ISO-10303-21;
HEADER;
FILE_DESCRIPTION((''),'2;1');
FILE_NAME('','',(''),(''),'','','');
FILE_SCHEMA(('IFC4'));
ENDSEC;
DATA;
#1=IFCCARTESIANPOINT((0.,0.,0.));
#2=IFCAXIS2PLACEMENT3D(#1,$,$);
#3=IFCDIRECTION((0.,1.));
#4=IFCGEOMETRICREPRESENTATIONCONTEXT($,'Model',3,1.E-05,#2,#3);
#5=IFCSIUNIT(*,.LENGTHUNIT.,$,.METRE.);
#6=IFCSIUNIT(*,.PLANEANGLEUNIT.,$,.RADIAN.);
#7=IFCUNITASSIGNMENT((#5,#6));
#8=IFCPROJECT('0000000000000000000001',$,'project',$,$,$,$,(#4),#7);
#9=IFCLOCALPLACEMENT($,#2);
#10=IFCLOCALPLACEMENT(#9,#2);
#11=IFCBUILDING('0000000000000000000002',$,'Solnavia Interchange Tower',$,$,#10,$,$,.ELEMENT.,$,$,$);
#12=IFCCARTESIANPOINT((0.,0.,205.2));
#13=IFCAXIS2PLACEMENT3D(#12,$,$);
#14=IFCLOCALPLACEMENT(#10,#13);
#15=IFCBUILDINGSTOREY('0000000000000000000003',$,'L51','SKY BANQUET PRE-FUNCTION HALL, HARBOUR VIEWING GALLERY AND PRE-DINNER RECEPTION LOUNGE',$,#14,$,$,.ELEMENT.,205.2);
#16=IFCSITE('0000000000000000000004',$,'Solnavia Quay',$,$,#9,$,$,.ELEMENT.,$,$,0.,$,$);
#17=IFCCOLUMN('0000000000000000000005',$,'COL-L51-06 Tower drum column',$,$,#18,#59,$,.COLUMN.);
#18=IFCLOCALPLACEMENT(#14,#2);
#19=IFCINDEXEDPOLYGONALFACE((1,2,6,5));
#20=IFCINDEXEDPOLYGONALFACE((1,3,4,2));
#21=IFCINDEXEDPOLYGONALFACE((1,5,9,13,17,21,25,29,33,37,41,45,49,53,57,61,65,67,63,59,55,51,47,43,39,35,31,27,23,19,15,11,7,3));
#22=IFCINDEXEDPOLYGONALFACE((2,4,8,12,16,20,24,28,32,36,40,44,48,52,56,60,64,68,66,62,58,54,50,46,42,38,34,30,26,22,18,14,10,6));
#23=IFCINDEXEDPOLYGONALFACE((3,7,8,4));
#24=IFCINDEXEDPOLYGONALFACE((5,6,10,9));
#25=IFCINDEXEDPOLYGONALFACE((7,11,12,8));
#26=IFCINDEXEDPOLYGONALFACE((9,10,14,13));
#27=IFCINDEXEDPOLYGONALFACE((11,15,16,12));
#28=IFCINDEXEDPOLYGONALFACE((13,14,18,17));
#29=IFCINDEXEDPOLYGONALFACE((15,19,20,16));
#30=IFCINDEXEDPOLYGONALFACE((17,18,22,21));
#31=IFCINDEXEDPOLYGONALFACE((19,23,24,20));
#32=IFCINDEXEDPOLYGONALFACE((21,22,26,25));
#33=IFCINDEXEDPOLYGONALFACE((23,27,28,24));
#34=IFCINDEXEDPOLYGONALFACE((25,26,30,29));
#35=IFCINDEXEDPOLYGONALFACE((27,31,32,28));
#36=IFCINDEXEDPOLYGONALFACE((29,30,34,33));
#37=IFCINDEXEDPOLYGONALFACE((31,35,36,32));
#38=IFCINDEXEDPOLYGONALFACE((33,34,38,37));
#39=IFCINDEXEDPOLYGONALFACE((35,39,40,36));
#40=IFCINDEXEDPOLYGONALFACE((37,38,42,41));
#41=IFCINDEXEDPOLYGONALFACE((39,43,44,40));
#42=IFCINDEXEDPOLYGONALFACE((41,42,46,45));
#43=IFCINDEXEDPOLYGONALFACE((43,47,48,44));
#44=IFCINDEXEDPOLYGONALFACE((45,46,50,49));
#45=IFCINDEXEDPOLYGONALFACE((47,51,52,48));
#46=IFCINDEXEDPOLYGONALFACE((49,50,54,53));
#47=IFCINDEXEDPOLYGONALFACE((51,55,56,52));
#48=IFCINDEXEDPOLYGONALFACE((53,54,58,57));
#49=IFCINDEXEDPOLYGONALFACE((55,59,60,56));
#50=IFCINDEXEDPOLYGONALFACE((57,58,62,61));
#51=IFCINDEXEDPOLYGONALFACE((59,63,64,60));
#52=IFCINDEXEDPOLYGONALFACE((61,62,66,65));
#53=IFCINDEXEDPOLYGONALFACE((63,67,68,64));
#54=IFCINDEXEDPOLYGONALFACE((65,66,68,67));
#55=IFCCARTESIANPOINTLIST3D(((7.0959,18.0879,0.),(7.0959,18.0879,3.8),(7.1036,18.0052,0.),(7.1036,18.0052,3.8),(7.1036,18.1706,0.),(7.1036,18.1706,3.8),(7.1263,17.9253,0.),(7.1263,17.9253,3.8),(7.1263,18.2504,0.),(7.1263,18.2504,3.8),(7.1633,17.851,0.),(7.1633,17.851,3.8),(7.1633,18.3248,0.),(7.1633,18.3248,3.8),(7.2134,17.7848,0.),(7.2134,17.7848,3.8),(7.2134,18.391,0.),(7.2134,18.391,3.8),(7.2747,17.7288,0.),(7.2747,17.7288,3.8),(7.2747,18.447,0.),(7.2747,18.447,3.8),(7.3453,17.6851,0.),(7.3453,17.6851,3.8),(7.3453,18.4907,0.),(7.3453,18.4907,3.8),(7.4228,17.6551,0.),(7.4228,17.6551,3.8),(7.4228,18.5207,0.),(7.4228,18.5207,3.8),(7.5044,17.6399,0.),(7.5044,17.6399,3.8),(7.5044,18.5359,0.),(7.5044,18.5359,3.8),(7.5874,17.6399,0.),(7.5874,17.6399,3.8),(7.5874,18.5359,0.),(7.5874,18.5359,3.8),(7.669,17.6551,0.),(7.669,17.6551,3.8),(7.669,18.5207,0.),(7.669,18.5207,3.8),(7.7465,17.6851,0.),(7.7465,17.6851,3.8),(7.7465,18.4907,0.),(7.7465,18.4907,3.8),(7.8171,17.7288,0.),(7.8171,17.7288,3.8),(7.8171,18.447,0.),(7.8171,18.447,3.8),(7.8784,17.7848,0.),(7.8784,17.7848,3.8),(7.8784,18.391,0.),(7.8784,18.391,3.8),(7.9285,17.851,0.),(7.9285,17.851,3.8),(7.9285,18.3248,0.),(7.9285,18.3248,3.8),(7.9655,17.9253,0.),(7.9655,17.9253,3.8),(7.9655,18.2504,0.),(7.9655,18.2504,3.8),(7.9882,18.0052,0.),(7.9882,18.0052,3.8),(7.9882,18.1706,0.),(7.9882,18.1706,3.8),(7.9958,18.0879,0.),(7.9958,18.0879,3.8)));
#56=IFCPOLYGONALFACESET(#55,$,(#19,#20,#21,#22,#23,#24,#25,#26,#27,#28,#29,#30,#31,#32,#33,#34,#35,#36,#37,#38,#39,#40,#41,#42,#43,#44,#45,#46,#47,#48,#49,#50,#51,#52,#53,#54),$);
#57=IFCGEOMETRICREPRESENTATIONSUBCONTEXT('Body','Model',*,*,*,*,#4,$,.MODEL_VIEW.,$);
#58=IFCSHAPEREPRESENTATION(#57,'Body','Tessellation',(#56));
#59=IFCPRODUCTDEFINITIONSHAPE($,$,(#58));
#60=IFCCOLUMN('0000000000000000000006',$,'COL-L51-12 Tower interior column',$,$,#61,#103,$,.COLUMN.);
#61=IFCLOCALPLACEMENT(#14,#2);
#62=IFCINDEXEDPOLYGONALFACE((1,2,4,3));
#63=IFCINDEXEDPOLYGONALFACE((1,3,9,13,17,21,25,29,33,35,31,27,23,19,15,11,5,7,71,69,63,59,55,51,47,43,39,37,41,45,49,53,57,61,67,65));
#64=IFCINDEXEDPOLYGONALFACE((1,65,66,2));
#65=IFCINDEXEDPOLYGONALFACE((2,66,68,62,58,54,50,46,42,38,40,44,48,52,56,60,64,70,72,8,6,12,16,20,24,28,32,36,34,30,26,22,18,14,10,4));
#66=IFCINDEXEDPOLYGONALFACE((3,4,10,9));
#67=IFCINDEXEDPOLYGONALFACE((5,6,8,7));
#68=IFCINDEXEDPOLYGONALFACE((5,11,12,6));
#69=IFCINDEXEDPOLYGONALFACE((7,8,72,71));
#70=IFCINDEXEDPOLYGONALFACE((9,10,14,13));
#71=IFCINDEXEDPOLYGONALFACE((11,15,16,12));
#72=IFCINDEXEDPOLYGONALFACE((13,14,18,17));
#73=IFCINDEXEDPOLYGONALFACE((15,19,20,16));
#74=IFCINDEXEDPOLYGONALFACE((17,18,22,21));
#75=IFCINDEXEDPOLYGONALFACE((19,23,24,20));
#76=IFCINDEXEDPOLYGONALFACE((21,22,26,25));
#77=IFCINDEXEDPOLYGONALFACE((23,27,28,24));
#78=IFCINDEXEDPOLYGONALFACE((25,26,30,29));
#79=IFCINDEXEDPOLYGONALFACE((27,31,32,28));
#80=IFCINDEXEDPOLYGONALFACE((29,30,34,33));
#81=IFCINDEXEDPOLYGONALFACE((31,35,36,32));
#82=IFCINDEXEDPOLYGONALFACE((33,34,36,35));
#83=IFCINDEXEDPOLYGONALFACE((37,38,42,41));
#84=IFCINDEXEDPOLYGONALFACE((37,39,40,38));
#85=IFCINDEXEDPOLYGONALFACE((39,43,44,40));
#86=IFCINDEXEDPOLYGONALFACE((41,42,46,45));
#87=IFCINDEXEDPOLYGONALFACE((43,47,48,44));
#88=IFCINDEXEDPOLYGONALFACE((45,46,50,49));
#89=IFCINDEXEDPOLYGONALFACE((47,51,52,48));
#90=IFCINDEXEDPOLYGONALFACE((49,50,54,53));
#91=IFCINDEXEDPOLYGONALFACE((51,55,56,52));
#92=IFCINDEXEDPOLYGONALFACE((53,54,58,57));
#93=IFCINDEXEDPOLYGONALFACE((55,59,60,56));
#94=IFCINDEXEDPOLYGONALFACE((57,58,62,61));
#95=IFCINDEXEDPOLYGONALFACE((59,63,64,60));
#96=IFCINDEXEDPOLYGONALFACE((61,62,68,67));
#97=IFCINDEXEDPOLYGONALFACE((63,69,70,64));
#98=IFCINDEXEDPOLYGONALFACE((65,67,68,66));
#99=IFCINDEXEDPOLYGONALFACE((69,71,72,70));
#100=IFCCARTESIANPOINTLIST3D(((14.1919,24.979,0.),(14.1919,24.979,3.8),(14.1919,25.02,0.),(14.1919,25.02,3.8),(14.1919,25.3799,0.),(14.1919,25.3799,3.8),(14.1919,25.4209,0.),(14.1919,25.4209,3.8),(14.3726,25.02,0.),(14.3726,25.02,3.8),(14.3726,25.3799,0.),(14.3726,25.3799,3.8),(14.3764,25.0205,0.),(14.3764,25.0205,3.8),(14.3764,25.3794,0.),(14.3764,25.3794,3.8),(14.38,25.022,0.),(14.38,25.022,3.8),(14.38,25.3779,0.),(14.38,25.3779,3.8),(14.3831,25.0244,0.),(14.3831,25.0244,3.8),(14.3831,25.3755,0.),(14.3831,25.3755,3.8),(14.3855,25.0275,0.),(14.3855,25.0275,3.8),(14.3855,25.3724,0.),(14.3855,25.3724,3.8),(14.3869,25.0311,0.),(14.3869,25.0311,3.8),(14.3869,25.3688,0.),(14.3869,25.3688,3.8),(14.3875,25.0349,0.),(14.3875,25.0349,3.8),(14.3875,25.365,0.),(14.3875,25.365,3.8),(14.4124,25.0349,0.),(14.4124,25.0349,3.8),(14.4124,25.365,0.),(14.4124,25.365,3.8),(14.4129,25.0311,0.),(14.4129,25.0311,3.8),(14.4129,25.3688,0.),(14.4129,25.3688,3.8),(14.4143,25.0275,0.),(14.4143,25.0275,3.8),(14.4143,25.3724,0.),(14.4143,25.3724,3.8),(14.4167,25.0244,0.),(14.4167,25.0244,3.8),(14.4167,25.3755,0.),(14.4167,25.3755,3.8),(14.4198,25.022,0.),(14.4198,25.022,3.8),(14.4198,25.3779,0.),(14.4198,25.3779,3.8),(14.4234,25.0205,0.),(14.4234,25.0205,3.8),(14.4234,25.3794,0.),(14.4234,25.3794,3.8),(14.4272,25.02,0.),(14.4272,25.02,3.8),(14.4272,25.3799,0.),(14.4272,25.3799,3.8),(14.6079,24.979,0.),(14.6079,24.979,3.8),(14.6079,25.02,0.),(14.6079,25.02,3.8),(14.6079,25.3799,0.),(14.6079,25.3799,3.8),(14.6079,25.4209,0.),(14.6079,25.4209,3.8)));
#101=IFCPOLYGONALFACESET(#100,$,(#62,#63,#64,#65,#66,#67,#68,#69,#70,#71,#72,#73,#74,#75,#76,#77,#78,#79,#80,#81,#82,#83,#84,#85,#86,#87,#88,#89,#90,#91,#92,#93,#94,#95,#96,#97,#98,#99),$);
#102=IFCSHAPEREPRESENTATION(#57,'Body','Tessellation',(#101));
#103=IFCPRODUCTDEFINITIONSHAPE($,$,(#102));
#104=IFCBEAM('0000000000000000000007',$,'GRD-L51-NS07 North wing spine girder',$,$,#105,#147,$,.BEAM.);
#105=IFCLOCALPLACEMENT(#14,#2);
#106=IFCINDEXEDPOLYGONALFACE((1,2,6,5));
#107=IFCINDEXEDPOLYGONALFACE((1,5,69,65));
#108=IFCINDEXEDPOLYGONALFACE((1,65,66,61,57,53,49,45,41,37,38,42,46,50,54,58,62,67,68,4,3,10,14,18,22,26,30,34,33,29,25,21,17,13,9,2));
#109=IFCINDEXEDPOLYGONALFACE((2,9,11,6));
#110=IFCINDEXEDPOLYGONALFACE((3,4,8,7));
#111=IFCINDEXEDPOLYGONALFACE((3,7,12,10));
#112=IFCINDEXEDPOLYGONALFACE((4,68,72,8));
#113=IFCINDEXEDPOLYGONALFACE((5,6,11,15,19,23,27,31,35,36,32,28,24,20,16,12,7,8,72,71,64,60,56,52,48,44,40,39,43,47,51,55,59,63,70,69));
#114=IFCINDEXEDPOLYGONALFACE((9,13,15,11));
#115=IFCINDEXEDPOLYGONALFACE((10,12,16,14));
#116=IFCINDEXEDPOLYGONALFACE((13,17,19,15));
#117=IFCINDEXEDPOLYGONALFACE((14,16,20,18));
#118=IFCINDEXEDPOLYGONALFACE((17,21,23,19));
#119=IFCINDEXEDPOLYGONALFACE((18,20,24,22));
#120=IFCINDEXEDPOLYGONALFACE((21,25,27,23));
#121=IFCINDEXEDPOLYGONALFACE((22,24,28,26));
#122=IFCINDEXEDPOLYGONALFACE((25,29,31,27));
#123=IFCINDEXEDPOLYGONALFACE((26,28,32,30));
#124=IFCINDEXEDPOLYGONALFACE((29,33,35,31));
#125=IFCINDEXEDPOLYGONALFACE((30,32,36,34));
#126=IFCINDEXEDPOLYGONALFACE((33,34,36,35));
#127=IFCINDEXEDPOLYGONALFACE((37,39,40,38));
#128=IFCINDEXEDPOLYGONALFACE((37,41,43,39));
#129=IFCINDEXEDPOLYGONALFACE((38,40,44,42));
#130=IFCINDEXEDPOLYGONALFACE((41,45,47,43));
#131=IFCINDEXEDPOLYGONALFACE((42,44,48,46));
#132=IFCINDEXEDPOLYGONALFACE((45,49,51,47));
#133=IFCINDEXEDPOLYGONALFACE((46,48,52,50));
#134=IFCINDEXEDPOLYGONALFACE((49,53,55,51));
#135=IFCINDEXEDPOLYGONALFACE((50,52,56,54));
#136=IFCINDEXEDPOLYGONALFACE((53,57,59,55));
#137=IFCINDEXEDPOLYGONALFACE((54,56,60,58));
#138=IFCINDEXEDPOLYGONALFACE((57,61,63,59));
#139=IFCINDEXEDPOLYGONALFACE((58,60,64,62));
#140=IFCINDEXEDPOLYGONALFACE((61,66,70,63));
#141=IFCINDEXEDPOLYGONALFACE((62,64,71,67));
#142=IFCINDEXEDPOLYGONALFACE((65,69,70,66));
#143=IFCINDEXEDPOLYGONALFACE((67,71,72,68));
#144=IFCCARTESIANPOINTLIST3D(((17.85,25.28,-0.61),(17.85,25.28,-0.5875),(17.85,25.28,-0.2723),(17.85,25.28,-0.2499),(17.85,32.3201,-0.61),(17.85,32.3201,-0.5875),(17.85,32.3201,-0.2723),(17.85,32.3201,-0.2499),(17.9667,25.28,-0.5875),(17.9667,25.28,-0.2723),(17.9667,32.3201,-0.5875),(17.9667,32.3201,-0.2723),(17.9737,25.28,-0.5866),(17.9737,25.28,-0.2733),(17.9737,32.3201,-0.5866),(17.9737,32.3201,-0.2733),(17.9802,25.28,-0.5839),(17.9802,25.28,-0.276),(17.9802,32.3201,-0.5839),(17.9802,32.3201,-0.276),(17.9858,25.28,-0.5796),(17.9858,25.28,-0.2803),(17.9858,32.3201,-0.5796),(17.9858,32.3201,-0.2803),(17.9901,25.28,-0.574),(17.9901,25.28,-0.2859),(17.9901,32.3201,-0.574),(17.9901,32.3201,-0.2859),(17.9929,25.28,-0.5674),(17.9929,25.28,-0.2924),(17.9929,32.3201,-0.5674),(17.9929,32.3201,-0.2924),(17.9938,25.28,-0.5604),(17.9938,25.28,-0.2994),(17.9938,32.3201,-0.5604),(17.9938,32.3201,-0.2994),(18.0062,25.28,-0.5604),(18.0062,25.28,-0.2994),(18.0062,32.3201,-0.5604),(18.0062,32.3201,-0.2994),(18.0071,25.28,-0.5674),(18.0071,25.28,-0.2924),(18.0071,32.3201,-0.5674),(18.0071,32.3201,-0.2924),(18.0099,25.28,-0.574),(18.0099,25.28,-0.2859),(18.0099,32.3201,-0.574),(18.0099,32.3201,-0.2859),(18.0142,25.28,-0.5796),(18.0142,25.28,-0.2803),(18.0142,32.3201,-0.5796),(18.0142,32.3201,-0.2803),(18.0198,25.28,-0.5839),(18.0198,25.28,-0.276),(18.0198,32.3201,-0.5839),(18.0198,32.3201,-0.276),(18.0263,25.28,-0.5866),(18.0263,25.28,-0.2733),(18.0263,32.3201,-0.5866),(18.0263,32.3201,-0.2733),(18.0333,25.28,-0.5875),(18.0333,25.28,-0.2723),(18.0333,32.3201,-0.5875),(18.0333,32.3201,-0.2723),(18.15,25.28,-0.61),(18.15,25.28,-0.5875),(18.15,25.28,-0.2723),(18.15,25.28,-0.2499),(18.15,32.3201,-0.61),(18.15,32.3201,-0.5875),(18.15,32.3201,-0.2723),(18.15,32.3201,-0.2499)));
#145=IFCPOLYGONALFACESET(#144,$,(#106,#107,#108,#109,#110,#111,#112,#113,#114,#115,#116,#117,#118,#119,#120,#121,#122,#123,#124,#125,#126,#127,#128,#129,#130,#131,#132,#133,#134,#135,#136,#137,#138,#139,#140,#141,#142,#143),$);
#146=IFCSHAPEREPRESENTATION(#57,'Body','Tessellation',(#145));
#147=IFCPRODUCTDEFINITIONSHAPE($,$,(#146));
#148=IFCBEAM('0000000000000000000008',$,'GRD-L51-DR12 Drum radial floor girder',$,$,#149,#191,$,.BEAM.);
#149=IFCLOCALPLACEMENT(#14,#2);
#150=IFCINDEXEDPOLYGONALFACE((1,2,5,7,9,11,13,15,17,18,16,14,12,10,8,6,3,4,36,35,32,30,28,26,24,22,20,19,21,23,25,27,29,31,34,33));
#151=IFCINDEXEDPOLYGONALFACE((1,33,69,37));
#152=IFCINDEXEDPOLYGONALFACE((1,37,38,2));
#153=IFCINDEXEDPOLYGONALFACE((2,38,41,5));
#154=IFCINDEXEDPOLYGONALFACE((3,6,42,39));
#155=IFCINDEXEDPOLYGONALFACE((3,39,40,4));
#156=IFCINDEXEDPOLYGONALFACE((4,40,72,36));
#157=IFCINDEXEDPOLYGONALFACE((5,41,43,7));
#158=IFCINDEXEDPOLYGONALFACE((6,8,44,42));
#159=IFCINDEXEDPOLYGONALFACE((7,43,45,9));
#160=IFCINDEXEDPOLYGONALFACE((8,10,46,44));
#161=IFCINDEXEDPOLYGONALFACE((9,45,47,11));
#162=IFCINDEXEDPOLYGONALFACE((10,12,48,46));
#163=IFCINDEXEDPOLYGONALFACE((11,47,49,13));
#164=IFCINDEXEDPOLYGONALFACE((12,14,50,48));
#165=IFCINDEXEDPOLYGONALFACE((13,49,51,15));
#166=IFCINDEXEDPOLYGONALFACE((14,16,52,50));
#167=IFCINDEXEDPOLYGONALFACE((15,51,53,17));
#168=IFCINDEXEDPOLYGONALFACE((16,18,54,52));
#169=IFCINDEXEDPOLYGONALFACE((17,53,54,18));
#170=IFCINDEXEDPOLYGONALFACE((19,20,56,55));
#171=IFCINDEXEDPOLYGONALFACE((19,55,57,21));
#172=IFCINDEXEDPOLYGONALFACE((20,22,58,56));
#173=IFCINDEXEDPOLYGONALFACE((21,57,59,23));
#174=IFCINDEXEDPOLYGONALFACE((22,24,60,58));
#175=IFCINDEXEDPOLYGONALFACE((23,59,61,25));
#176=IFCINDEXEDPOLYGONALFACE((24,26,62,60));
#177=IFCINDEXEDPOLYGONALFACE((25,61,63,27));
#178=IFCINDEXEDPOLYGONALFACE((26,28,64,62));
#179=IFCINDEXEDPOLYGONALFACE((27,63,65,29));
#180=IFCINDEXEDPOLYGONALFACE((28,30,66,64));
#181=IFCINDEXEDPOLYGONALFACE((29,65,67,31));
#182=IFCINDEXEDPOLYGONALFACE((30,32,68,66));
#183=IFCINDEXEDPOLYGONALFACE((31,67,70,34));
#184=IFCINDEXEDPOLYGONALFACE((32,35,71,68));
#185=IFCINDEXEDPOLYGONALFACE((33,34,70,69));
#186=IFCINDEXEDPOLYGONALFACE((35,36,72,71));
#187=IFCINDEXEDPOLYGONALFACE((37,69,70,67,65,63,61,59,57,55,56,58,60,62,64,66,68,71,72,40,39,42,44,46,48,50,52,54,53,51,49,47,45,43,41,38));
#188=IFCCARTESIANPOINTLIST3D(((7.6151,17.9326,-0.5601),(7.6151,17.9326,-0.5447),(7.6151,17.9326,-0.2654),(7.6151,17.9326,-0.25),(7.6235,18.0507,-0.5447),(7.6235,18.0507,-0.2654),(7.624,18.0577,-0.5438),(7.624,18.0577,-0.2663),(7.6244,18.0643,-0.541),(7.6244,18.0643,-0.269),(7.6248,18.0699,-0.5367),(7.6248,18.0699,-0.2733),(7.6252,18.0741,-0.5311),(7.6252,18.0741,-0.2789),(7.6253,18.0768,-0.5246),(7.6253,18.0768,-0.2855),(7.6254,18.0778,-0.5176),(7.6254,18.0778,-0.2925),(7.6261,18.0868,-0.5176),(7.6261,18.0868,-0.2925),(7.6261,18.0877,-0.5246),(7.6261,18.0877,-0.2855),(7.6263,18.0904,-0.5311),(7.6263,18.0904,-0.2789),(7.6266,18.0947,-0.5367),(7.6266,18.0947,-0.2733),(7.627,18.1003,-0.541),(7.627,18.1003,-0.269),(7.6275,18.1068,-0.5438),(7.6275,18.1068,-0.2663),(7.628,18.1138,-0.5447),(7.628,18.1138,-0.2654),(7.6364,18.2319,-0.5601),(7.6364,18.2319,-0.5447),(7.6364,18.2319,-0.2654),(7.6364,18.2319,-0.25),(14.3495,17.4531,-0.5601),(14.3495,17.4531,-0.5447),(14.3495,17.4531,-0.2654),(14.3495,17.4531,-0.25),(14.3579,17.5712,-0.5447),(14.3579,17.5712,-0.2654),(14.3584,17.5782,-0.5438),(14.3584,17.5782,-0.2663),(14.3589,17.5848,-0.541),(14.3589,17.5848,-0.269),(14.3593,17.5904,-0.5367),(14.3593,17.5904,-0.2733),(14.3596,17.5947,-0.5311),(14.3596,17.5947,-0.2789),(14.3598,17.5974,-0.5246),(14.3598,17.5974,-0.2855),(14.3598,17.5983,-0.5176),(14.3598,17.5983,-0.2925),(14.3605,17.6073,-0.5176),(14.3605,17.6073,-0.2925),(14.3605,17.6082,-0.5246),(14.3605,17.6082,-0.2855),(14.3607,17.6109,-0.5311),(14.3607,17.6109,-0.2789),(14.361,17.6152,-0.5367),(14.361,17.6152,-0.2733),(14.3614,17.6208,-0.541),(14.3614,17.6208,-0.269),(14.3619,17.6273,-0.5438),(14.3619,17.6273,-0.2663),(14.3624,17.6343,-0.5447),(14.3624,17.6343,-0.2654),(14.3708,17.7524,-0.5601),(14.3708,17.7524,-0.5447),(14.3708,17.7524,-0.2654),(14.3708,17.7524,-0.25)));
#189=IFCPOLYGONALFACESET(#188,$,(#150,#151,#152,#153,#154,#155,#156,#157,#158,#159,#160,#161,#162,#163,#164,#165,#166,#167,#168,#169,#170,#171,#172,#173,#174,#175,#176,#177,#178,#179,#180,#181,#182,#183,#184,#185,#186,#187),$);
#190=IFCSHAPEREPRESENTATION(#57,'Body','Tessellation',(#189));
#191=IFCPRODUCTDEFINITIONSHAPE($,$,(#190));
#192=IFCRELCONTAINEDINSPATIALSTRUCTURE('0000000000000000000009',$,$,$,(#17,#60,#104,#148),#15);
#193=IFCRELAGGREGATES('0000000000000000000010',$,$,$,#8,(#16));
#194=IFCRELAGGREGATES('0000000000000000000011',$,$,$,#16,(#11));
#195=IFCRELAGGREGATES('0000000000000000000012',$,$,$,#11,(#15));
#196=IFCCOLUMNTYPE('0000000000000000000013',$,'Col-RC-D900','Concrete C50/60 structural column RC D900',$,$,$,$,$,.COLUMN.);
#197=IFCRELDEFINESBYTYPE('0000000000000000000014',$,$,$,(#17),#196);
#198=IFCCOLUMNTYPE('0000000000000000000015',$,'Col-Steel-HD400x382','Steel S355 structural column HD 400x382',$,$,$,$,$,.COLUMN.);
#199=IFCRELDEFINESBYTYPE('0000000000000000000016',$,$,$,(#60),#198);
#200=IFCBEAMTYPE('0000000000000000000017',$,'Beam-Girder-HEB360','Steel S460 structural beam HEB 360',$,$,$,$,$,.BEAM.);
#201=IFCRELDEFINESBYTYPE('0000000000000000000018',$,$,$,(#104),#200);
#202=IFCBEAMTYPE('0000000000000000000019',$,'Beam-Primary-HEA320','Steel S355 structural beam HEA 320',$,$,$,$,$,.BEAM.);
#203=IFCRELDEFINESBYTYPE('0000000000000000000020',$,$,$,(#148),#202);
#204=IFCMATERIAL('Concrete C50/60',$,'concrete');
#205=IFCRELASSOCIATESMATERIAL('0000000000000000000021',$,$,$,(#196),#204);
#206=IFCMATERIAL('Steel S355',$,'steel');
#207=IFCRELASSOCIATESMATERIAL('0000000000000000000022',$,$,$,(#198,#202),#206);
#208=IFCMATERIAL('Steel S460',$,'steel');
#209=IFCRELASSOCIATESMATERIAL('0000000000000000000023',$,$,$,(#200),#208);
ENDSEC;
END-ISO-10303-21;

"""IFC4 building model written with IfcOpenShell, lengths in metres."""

from ifc_helpers import new_model, si_unit, direction, frame, origin, origin_2d, place, context, subcontext, project, spatial, circle, i_section, extrude, material, material_profile, profile_set, type_object, element, save


model = new_model("IFC4")

# Units and contexts
model_context = context("Model", 3, precision=1e-05, world=origin(), true_north=direction((0.0, 1.0)))
body_context = subcontext(model_context, "Body", "Model", "MODEL_VIEW")
ifc_project = project(units=[si_unit("LENGTHUNIT", "METRE"), si_unit("PLANEANGLEUNIT", "RADIAN")], contexts=[model_context])

# Site, building, storey
site_placement = place(None, origin())
site = spatial("IfcSite", under=ifc_project, at=site_placement, Name="Solnavia Quay", CompositionType="ELEMENT", RefElevation=0.0)
building_placement = place(site_placement, origin())
building = spatial("IfcBuilding", under=site, at=building_placement, Name="Solnavia Interchange Tower", CompositionType="ELEMENT")
storey_placement = place(building_placement, frame((0.0, 0.0, 205.2)))
storey = spatial("IfcBuildingStorey", under=building, at=storey_placement, Name="L51", Description="SKY BANQUET PRE-FUNCTION HALL, HARBOUR VIEWING GALLERY AND PRE-DINNER RECEPTION LOUNGE", CompositionType="ELEMENT", Elevation=205.2)

# Columns
ifc_material_1 = material(Name="Concrete C50/60", Category="concrete")
ifc_material_profile_1 = material_profile(ifc_material_1, circle(Radius=0.45, at=origin_2d()), Name="RC D900")
ifc_profile_set_1 = profile_set([ifc_material_profile_1], Name="Concrete C50/60")
column_type_1 = type_object("IfcColumnType", Name="Col-RC-D900", Description="Concrete C50/60 structural column RC D900", PredefinedType="COLUMN", material=ifc_profile_set_1)
column_1_placement = place(storey_placement, frame((7.5459, 18.0879, 0.0), z_axis=(0.0, 0.0, 1.0), x_axis=(1.0, 0.0, 0.0)))
element("IfcColumn", 1, at=column_1_placement, inside=storey, type_object=column_type_1, Name="COL-L51-06 Tower drum column", PredefinedType="COLUMN", context=body_context, shape_type="SweptSolid", body=[
    extrude(circle(Radius=0.45, at=origin_2d()), origin(), (0.0, 0.0, 1.0), 3.8),
])
ifc_material_2 = material(Name="Steel S355", Category="steel")
ifc_material_profile_2 = material_profile(ifc_material_2, i_section(OverallWidth=0.416, OverallDepth=0.4419, WebThickness=0.0249, FlangeThickness=0.041, FilletRadius=0.0149, at=origin_2d()), Name="HD 400x382")
ifc_profile_set_2 = profile_set([ifc_material_profile_2], Name="Steel S355")
column_type_2 = type_object("IfcColumnType", Name="Col-Steel-HD400x382", Description="Steel S355 structural column HD 400x382", PredefinedType="COLUMN", material=ifc_profile_set_2)
column_2_placement = place(storey_placement, frame((14.3999, 25.2, 0.0), z_axis=(0.0, 0.0, 1.0), x_axis=(1.0, 0.0, 0.0)))
element("IfcColumn", 2, at=column_2_placement, inside=storey, type_object=column_type_2, Name="COL-L51-12 Tower interior column", PredefinedType="COLUMN", context=body_context, shape_type="SweptSolid", body=[
    extrude(i_section(OverallWidth=0.416, OverallDepth=0.4419, WebThickness=0.0249, FlangeThickness=0.041, FilletRadius=0.0149, at=origin_2d()), origin(), (0.0, 0.0, 1.0), 3.8),
])

# Beams
ifc_material_3 = material(Name="Steel S460", Category="steel")
ifc_material_profile_3 = material_profile(ifc_material_3, i_section(OverallWidth=0.3, OverallDepth=0.3601, WebThickness=0.0125, FlangeThickness=0.0225, FilletRadius=0.0271, at=origin_2d()), Name="HEB 360")
ifc_profile_set_3 = profile_set([ifc_material_profile_3], Name="Steel S460")
beam_type_1 = type_object("IfcBeamType", Name="Beam-Girder-HEB360", Description="Steel S460 structural beam HEB 360", PredefinedType="BEAM", material=ifc_profile_set_3)
beam_1_placement = place(storey_placement, frame((18.0, 25.28, -0.4299), z_axis=(0.0, 1.0, 0.0), x_axis=(-1.0, 0.0, 0.0)))
element("IfcBeam", 3, at=beam_1_placement, inside=storey, type_object=beam_type_1, Name="GRD-L51-NS07 North wing spine girder", PredefinedType="BEAM", context=body_context, shape_type="SweptSolid", body=[
    extrude(i_section(OverallWidth=0.3, OverallDepth=0.3601, WebThickness=0.0125, FlangeThickness=0.0225, FilletRadius=0.0271, at=origin_2d()), origin(), (0.0, 0.0, 1.0), 7.04),
])
ifc_material_profile_4 = material_profile(ifc_material_2, i_section(OverallWidth=0.3, OverallDepth=0.3101, WebThickness=0.009, FlangeThickness=0.0154, FilletRadius=0.0271, at=origin_2d()), Name="HEA 320")
ifc_profile_set_4 = profile_set([ifc_material_profile_4], Name="Steel S355")
beam_type_2 = type_object("IfcBeamType", Name="Beam-Primary-HEA320", Description="Steel S355 structural beam HEA 320", PredefinedType="BEAM", material=ifc_profile_set_4)
beam_2_placement = place(storey_placement, frame((7.6257, 18.0823, -0.405), z_axis=(0.997475, -0.071021, 0.0), x_axis=(0.071021, 0.997475, 0.0)))
element("IfcBeam", 4, at=beam_2_placement, inside=storey, type_object=beam_type_2, Name="GRD-L51-DR12 Drum radial floor girder", PredefinedType="BEAM", context=body_context, shape_type="SweptSolid", body=[
    extrude(i_section(OverallWidth=0.3, OverallDepth=0.3101, WebThickness=0.009, FlangeThickness=0.0154, FilletRadius=0.0271, at=origin_2d()), origin(), (0.0, 0.0, 1.0), 6.7515),
])

save(model, "model.ifc")
